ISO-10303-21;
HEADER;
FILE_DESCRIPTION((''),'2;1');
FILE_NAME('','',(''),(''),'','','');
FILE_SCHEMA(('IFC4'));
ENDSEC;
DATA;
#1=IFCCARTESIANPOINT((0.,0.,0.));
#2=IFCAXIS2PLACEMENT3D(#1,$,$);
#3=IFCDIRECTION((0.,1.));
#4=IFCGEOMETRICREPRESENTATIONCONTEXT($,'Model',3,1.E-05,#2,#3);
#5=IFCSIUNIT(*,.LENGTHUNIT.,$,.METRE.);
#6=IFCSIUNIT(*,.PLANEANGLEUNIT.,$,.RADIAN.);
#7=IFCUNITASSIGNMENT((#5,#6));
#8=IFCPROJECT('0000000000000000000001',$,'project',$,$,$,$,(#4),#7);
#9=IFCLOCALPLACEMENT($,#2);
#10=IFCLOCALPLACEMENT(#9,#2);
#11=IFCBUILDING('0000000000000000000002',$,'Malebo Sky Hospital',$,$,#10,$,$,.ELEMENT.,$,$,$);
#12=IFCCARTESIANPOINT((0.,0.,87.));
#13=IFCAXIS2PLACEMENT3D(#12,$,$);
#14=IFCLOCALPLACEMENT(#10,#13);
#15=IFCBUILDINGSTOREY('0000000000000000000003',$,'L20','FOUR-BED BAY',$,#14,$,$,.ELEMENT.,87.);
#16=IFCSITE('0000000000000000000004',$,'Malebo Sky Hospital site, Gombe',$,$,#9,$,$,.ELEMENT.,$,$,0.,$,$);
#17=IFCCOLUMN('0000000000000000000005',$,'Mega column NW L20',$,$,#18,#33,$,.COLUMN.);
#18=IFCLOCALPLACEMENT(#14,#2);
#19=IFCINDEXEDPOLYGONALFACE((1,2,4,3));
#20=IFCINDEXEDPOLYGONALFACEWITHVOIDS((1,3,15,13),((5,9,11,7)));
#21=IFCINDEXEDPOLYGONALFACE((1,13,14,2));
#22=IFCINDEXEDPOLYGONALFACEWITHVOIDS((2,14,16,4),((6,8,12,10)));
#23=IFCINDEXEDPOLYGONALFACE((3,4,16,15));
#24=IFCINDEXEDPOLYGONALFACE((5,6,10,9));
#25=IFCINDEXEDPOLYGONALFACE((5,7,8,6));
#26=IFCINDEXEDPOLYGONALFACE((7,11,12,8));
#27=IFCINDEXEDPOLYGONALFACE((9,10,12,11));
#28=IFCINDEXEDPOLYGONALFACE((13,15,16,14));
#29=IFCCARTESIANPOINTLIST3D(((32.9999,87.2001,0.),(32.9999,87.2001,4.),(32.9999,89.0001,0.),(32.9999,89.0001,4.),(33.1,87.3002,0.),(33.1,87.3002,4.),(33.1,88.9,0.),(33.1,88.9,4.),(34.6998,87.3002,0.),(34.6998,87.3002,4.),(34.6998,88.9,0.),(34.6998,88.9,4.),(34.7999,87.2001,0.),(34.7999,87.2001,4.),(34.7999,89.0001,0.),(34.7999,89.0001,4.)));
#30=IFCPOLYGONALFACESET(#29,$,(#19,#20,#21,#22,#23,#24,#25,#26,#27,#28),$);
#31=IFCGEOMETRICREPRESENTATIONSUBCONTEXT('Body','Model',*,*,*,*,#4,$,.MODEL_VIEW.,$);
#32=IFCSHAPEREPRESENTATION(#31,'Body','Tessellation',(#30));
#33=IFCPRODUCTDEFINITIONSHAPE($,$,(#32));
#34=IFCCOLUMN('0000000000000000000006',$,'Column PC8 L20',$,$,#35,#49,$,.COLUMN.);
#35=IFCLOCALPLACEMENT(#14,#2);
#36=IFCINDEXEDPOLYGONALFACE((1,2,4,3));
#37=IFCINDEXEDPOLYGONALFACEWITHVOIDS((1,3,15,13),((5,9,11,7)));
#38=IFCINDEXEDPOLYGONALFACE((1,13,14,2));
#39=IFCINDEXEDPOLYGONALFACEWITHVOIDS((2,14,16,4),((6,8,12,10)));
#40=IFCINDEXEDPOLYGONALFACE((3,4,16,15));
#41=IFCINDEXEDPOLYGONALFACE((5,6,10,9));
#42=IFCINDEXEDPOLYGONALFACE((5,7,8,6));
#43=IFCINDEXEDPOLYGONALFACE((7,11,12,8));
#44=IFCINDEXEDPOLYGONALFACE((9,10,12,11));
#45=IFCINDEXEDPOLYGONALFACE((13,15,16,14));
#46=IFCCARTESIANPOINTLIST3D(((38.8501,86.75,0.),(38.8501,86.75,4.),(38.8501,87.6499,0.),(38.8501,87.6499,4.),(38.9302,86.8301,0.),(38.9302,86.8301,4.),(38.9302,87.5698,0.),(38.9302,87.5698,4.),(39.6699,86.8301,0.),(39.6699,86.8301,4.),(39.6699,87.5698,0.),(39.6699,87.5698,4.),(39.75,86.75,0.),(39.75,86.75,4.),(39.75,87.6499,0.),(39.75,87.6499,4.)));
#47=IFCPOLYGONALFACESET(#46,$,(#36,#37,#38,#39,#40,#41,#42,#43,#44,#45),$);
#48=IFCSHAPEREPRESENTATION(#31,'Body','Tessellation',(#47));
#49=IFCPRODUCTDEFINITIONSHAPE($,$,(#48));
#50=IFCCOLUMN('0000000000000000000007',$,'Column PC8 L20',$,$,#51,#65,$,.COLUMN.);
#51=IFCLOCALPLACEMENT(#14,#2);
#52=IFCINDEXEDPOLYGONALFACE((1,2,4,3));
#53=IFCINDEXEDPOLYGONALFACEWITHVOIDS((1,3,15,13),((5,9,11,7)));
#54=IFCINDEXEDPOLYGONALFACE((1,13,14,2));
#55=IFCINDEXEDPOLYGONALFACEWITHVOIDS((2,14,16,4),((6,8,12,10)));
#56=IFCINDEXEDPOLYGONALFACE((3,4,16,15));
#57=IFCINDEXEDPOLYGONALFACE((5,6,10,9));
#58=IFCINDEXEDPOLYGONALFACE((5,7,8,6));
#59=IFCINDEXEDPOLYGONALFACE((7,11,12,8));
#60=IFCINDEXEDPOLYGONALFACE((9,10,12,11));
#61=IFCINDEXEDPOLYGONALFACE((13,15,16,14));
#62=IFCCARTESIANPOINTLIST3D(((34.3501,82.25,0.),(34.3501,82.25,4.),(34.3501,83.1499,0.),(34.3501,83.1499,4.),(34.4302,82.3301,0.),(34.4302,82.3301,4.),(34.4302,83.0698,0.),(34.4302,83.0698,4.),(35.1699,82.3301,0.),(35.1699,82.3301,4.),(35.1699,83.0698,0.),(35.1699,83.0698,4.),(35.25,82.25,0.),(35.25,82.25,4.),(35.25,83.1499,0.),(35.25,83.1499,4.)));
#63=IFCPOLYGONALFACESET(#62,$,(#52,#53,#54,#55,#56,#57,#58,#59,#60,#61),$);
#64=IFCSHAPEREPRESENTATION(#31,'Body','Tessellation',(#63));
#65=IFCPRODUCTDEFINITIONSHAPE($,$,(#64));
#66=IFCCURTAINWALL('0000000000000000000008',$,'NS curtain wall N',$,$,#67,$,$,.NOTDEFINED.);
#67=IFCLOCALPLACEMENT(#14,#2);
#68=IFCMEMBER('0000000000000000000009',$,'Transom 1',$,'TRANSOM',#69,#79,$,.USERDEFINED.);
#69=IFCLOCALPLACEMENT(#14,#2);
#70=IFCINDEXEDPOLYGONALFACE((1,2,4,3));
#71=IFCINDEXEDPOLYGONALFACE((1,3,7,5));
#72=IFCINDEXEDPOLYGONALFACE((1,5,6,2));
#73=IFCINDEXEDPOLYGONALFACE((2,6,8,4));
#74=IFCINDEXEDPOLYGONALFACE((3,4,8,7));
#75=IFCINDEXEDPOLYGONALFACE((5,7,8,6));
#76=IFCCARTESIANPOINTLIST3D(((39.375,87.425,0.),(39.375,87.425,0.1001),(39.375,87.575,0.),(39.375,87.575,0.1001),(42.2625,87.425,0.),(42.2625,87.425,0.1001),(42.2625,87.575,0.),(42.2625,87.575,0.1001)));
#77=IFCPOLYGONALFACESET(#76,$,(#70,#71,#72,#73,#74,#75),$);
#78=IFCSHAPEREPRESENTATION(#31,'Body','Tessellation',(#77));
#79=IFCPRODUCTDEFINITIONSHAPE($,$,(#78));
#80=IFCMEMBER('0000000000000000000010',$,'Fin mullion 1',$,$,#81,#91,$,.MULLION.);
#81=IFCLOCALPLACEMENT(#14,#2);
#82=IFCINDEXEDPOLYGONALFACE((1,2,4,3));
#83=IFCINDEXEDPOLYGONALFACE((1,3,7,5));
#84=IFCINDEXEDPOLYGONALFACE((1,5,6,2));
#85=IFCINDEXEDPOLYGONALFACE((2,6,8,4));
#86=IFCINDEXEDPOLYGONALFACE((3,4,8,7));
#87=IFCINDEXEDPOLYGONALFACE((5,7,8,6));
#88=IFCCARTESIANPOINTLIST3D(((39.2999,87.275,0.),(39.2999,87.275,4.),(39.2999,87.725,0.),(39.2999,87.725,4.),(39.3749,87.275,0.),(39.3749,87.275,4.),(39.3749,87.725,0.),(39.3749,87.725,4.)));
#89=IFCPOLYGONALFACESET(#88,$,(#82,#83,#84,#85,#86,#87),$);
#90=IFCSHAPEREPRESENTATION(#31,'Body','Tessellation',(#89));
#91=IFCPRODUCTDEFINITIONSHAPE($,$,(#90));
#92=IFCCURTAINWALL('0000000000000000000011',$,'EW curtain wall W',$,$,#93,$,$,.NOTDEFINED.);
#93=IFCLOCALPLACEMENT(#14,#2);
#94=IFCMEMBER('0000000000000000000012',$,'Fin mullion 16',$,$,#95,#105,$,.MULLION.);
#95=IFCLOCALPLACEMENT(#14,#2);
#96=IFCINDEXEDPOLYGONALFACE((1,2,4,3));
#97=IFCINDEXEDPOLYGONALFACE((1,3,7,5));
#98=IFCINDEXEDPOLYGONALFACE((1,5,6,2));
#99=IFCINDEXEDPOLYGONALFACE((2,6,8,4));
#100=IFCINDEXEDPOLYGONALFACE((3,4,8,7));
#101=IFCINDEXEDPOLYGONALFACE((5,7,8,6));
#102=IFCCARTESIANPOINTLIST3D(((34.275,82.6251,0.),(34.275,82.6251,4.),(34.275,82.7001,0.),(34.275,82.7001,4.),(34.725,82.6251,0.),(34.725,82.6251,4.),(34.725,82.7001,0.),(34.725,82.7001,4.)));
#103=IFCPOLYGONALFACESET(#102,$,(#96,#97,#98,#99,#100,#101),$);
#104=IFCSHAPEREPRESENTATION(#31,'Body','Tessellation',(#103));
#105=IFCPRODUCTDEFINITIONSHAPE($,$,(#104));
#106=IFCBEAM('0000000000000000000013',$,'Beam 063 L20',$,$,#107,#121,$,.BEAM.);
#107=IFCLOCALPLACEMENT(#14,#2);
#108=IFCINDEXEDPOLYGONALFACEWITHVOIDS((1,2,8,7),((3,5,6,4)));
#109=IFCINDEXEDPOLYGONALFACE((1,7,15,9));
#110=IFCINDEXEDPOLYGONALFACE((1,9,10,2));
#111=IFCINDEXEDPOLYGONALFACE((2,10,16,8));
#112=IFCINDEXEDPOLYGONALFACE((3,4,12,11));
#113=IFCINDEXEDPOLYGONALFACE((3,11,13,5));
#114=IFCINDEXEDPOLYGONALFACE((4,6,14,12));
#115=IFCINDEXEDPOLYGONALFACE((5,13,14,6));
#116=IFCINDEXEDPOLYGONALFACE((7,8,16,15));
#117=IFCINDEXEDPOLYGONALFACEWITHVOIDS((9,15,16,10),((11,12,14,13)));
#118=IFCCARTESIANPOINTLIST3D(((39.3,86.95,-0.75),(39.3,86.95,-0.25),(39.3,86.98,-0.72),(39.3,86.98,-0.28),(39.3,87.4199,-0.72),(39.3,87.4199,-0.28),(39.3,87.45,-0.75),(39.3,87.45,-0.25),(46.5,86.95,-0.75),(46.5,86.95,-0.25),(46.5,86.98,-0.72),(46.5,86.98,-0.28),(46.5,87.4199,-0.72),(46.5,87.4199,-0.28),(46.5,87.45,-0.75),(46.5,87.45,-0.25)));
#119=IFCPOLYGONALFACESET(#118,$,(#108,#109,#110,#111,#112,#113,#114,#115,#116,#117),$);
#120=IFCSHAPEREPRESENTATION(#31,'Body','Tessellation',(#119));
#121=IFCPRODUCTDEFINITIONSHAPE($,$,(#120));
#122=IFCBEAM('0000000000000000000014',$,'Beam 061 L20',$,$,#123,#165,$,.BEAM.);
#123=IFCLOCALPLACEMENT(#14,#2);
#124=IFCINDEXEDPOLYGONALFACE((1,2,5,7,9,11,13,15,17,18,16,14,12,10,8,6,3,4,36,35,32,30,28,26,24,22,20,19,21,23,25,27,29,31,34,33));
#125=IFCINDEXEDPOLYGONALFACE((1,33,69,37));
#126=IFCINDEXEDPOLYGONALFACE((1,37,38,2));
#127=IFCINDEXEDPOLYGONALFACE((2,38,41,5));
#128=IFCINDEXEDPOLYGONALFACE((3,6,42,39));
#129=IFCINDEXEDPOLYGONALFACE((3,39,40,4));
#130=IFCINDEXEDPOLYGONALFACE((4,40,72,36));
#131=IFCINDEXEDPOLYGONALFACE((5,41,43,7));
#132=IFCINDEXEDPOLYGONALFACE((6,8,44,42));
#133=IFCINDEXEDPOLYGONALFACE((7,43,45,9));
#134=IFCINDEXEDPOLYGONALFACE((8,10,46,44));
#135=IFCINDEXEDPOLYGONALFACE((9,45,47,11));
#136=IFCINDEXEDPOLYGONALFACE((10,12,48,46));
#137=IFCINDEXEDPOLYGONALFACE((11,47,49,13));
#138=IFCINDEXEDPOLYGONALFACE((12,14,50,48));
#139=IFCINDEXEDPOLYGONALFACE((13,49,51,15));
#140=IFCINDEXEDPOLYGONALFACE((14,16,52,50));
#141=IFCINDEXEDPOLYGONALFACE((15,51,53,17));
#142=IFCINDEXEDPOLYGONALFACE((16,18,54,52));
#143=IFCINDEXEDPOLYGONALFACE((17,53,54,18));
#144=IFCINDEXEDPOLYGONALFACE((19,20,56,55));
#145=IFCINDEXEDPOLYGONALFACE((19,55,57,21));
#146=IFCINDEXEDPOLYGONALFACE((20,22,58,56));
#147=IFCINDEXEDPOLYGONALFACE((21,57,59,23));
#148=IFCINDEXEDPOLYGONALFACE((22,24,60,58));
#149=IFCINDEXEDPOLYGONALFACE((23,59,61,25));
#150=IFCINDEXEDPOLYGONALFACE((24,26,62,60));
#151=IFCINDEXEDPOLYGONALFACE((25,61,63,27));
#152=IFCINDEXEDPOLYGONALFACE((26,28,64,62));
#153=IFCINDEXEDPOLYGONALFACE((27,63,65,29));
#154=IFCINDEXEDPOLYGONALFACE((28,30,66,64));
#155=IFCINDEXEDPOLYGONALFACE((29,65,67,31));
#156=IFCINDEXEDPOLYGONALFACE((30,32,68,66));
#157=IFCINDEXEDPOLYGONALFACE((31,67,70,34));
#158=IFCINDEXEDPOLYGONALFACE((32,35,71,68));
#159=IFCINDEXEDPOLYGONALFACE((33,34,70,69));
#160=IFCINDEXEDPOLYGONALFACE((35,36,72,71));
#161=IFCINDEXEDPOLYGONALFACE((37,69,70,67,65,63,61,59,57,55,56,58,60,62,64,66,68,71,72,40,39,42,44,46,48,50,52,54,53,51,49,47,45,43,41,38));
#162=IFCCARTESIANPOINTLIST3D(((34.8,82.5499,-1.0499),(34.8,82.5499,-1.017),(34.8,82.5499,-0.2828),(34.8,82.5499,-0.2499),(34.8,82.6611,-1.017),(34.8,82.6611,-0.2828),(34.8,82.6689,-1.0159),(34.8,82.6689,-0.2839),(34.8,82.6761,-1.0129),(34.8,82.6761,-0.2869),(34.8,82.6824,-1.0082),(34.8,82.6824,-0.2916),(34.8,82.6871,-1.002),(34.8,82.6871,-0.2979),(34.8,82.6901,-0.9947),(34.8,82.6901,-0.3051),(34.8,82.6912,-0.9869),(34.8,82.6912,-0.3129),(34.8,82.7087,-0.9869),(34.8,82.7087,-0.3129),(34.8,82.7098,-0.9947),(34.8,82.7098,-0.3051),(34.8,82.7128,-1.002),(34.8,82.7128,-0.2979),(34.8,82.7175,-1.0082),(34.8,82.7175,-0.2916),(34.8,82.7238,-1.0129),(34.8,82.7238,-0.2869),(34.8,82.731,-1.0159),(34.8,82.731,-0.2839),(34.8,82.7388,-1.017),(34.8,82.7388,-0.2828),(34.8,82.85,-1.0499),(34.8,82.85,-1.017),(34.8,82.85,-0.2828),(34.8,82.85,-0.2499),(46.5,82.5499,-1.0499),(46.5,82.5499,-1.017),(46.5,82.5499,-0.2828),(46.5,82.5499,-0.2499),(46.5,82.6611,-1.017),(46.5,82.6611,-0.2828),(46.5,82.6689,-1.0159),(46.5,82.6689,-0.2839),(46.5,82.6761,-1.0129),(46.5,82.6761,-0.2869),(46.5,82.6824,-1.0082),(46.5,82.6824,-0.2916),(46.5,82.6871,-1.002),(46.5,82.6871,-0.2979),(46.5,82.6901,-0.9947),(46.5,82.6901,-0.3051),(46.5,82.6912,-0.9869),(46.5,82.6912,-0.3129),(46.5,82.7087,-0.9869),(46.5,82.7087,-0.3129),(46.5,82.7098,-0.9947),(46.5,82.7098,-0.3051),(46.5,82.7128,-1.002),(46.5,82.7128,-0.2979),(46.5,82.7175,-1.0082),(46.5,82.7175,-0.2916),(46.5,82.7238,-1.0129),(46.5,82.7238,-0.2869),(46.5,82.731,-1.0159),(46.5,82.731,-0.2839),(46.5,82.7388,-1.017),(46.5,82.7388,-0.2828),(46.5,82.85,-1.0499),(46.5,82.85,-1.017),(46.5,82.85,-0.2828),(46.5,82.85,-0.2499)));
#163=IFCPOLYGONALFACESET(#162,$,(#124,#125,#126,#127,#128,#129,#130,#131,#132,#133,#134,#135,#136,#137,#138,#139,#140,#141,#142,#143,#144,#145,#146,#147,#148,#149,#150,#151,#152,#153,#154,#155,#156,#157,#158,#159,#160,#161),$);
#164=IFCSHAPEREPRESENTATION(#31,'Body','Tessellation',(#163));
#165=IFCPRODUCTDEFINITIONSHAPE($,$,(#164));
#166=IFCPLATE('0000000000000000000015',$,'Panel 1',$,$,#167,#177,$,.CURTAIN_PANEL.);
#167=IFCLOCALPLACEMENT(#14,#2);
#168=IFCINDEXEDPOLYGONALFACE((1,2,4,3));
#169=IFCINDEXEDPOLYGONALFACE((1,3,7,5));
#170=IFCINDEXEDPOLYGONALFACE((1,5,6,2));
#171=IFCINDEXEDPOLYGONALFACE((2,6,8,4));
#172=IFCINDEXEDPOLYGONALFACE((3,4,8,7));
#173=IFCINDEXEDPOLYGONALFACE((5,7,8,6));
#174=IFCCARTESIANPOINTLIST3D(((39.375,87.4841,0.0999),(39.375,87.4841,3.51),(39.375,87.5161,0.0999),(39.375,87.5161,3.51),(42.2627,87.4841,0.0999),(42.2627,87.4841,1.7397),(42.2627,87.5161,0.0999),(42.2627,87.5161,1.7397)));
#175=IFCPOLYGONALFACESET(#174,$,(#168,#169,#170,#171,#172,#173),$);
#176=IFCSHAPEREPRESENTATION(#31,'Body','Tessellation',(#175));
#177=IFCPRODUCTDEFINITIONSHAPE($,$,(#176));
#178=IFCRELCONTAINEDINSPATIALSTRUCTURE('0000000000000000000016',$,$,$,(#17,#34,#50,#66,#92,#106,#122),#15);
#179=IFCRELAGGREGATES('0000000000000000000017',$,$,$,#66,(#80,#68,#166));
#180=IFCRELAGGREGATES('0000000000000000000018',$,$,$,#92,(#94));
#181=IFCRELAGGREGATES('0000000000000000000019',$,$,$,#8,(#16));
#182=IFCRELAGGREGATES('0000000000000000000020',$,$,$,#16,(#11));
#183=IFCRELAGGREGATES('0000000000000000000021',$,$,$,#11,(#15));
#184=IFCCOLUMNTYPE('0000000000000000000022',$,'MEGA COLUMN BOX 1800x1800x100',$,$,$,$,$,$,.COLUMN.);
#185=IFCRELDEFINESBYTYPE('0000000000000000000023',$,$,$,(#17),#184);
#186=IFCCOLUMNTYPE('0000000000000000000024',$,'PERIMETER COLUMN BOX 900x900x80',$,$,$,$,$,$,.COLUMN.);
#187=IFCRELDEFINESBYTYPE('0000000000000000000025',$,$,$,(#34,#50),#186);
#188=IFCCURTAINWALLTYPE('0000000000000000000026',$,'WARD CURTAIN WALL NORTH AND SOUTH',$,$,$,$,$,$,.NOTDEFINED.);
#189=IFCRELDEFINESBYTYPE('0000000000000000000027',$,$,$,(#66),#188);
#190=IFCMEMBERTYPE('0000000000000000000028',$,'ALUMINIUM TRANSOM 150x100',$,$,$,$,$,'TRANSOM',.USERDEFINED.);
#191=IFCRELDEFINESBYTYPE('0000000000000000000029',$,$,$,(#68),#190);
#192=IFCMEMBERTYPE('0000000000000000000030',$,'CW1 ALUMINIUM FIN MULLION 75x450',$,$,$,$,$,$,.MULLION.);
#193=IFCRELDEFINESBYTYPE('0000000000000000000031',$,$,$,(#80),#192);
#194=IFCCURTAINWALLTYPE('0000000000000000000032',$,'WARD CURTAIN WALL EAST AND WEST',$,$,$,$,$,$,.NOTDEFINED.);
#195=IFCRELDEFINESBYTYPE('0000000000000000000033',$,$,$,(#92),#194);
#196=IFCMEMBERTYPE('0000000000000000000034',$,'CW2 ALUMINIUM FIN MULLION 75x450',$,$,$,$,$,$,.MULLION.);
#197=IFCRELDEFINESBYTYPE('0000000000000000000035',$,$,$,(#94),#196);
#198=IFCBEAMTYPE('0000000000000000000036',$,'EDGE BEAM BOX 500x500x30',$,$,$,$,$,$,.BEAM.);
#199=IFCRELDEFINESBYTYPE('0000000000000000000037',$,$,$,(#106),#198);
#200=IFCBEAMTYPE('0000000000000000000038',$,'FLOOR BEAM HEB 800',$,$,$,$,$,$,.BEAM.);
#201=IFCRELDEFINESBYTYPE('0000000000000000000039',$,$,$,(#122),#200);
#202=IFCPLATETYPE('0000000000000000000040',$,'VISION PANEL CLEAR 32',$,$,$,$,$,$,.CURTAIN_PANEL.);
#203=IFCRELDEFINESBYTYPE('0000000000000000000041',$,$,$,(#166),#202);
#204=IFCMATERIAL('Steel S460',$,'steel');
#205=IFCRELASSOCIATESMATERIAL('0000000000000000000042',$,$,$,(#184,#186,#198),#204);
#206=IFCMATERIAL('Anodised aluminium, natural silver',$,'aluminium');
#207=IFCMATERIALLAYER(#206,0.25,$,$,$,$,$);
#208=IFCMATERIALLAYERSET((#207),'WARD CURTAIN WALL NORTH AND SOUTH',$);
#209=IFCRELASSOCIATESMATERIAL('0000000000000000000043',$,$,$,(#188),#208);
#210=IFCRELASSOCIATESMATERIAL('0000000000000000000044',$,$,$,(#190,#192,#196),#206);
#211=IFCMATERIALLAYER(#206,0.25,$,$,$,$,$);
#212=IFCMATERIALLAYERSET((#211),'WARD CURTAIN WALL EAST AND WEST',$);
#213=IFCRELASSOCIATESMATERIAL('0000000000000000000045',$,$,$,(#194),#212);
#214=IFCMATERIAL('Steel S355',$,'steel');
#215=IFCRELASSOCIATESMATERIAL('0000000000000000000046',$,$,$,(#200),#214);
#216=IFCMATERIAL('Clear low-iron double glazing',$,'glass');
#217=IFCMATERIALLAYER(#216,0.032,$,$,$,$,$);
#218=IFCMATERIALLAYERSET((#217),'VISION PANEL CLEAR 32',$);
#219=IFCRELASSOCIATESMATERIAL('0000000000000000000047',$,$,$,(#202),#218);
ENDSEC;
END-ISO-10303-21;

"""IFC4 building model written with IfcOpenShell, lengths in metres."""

from ifc_helpers import new_model, si_unit, direction, frame, origin, origin_2d, place, context, subcontext, project, spatial, polyline, rectangle, hollow_rectangle, i_section, outline, extrude, material, layer, layer_set, material_profile, profile_set, type_object, element, aggregate, save


model = new_model("IFC4")

# Units and contexts
model_context = context("Model", 3, precision=1e-05, world=origin(), true_north=direction((0.0, 1.0)))
body_context = subcontext(model_context, "Body", "Model", "MODEL_VIEW")
ifc_project = project(units=[si_unit("LENGTHUNIT", "METRE"), si_unit("PLANEANGLEUNIT", "RADIAN")], contexts=[model_context])

# Site, building, storey
site_placement = place(None, origin())
site = spatial("IfcSite", under=ifc_project, at=site_placement, Name="Malebo Sky Hospital site, Gombe", CompositionType="ELEMENT", RefElevation=0.0)
building_placement = place(site_placement, origin())
building = spatial("IfcBuilding", under=site, at=building_placement, Name="Malebo Sky Hospital", CompositionType="ELEMENT")
storey_placement = place(building_placement, frame((0.0, 0.0, 87.0)))
storey = spatial("IfcBuildingStorey", under=building, at=storey_placement, Name="L20", Description="FOUR-BED BAY", CompositionType="ELEMENT", Elevation=87.0)

# Columns
ifc_material_1 = material(Name="Steel S460", Category="steel")
ifc_material_profile_1 = material_profile(ifc_material_1, hollow_rectangle(XDim=1.8, YDim=1.8, WallThickness=0.1001, at=origin_2d()), Name="BOX 1800x1800x100")
ifc_profile_set_1 = profile_set([ifc_material_profile_1], Name="Steel S460")
column_type_1 = type_object("IfcColumnType", Name="MEGA COLUMN BOX 1800x1800x100", PredefinedType="COLUMN", material=ifc_profile_set_1)
column_placement = place(storey_placement, frame((33.8999, 88.1001, 0.0), z_axis=(0.0, 0.0, 1.0), x_axis=(1.0, 0.0, 0.0)))
element("IfcColumn", 1, at=column_placement, inside=storey, type_object=column_type_1, Name="Mega column NW L20", PredefinedType="COLUMN", context=body_context, shape_type="SweptSolid", body=[
    extrude(hollow_rectangle(XDim=1.8, YDim=1.8, WallThickness=0.1001, at=origin_2d()), origin(), (0.0, 0.0, 1.0), 4.0),
])
ifc_material_profile_2 = material_profile(ifc_material_1, hollow_rectangle(XDim=0.8999, YDim=0.8999, WallThickness=0.0801, at=origin_2d()), Name="BOX 900x900x80")
ifc_profile_set_2 = profile_set([ifc_material_profile_2], Name="Steel S460")
column_type_2 = type_object("IfcColumnType", Name="PERIMETER COLUMN BOX 900x900x80", PredefinedType="COLUMN", material=ifc_profile_set_2)
for number, where, z_axis, x_axis, name in (
    (2, (39.3, 87.2, 0.0), (0.0, 0.0, 1.0), (1.0, 0.0, 0.0), "Column PC8 L20"),
    (3, (34.8, 82.7, 0.0), (0.0, 0.0, 1.0), (1.0, 0.0, 0.0), "Column PC8 L20"),
):
    element("IfcColumn", number, at=place(storey_placement, frame(where, z_axis=z_axis, x_axis=x_axis)), inside=storey, type_object=column_type_2, Name=name, PredefinedType="COLUMN", context=body_context, shape_type="SweptSolid", body=[
        extrude(hollow_rectangle(XDim=0.8999, YDim=0.8999, WallThickness=0.0801, at=origin_2d()), origin(), (0.0, 0.0, 1.0), 4.0),
    ])

# Curtain wall, members
ifc_material_2 = material(Name="Anodised aluminium, natural silver", Category="aluminium")
ifc_layer_1 = layer(ifc_material_2, 0.25)
ifc_layer_set_1 = layer_set([ifc_layer_1], Name="WARD CURTAIN WALL NORTH AND SOUTH")
curtain_wall_type_1 = type_object("IfcCurtainWallType", Name="WARD CURTAIN WALL NORTH AND SOUTH", PredefinedType="NOTDEFINED", material=ifc_layer_set_1)
curtain_wall_1_placement = place(storey_placement, origin())
curtain_wall_1 = element("IfcCurtainWall", 4, at=curtain_wall_1_placement, inside=storey, type_object=curtain_wall_type_1, Name="NS curtain wall N", PredefinedType="NOTDEFINED")
ifc_material_profile_3 = material_profile(ifc_material_2, rectangle(XDim=0.1499, YDim=0.1001, at=origin_2d()), Name="ALUMINIUM TRANSOM 150x100")
ifc_profile_set_3 = profile_set([ifc_material_profile_3], Name="Anodised aluminium, natural silver")
member_type_1 = type_object("IfcMemberType", Name="ALUMINIUM TRANSOM 150x100", ElementType="TRANSOM", PredefinedType="USERDEFINED", material=ifc_profile_set_3)
member_1_placement = place(storey_placement, frame((39.375, 87.5, 0.05), z_axis=(1.0, 0.0, 0.0), x_axis=(0.0, 1.0, 0.0)))
member_1 = element("IfcMember", 5, at=member_1_placement, type_object=member_type_1, Name="Transom 1", ObjectType="TRANSOM", PredefinedType="USERDEFINED", context=body_context, shape_type="SweptSolid", body=[
    extrude(rectangle(XDim=0.1499, YDim=0.1001, at=origin_2d()), origin(), (0.0, 0.0, 1.0), 2.8875),
])
ifc_material_profile_4 = material_profile(ifc_material_2, rectangle(XDim=0.075, YDim=0.45, at=origin_2d()), Name="CW1 ALUMINIUM FIN MULLION 75x450")
ifc_profile_set_4 = profile_set([ifc_material_profile_4], Name="Anodised aluminium, natural silver")
member_type_2 = type_object("IfcMemberType", Name="CW1 ALUMINIUM FIN MULLION 75x450", PredefinedType="MULLION", material=ifc_profile_set_4)
member_2_placement = place(storey_placement, frame((39.3374, 87.5, 0.0), z_axis=(0.0, 0.0, 1.0), x_axis=(1.0, 0.0, 0.0)))
member_2 = element("IfcMember", 6, at=member_2_placement, type_object=member_type_2, Name="Fin mullion 1", PredefinedType="MULLION", context=body_context, shape_type="SweptSolid", body=[
    extrude(rectangle(XDim=0.075, YDim=0.45, at=origin_2d()), origin(), (0.0, 0.0, 1.0), 4.0),
])

# Curtain wall, member
ifc_layer_2 = layer(ifc_material_2, 0.25)
ifc_layer_set_2 = layer_set([ifc_layer_2], Name="WARD CURTAIN WALL EAST AND WEST")
curtain_wall_type_2 = type_object("IfcCurtainWallType", Name="WARD CURTAIN WALL EAST AND WEST", PredefinedType="NOTDEFINED", material=ifc_layer_set_2)
curtain_wall_2_placement = place(storey_placement, origin())
curtain_wall_2 = element("IfcCurtainWall", 7, at=curtain_wall_2_placement, inside=storey, type_object=curtain_wall_type_2, Name="EW curtain wall W", PredefinedType="NOTDEFINED")
ifc_material_profile_5 = material_profile(ifc_material_2, rectangle(XDim=0.075, YDim=0.45, at=origin_2d()), Name="CW2 ALUMINIUM FIN MULLION 75x450")
ifc_profile_set_5 = profile_set([ifc_material_profile_5], Name="Anodised aluminium, natural silver")
member_type_3 = type_object("IfcMemberType", Name="CW2 ALUMINIUM FIN MULLION 75x450", PredefinedType="MULLION", material=ifc_profile_set_5)
member_3_placement = place(storey_placement, frame((34.5, 82.6626, 0.0), z_axis=(0.0, 0.0, 1.0), x_axis=(0.0, 1.0, 0.0)))
member_3 = element("IfcMember", 8, at=member_3_placement, type_object=member_type_3, Name="Fin mullion 16", PredefinedType="MULLION", context=body_context, shape_type="SweptSolid", body=[
    extrude(rectangle(XDim=0.075, YDim=0.45, at=origin_2d()), origin(), (0.0, 0.0, 1.0), 4.0),
])

# Beams
ifc_material_profile_6 = material_profile(ifc_material_1, hollow_rectangle(XDim=0.5, YDim=0.5, WallThickness=0.03, at=origin_2d()), Name="BOX 500x500x30")
ifc_profile_set_6 = profile_set([ifc_material_profile_6], Name="Steel S460")
beam_type_1 = type_object("IfcBeamType", Name="EDGE BEAM BOX 500x500x30", PredefinedType="BEAM", material=ifc_profile_set_6)
beam_1_placement = place(storey_placement, frame((39.3, 87.2, -0.5), z_axis=(1.0, 0.0, 0.0), x_axis=(0.0, 1.0, 0.0)))
element("IfcBeam", 9, at=beam_1_placement, inside=storey, type_object=beam_type_1, Name="Beam 063 L20", PredefinedType="BEAM", context=body_context, shape_type="SweptSolid", body=[
    extrude(hollow_rectangle(XDim=0.5, YDim=0.5, WallThickness=0.03, at=origin_2d()), origin(), (0.0, 0.0, 1.0), 7.2),
])
ifc_material_3 = material(Name="Steel S355", Category="steel")
ifc_material_profile_7 = material_profile(ifc_material_3, i_section(OverallWidth=0.3, OverallDepth=0.8, WebThickness=0.0176, FlangeThickness=0.033, FilletRadius=0.03, at=origin_2d()), Name="HEB 800")
ifc_profile_set_7 = profile_set([ifc_material_profile_7], Name="Steel S355")
beam_type_2 = type_object("IfcBeamType", Name="FLOOR BEAM HEB 800", PredefinedType="BEAM", material=ifc_profile_set_7)
beam_2_placement = place(storey_placement, frame((34.8, 82.7, -0.6499), z_axis=(1.0, 0.0, 0.0), x_axis=(0.0, 1.0, 0.0)))
element("IfcBeam", 10, at=beam_2_placement, inside=storey, type_object=beam_type_2, Name="Beam 061 L20", PredefinedType="BEAM", context=body_context, shape_type="SweptSolid", body=[
    extrude(i_section(OverallWidth=0.3, OverallDepth=0.8, WebThickness=0.0176, FlangeThickness=0.033, FilletRadius=0.03, at=origin_2d()), origin(), (0.0, 0.0, 1.0), 11.7),
])

# Plate
ifc_material_4 = material(Name="Clear low-iron double glazing", Category="glass")
ifc_layer_3 = layer(ifc_material_4, 0.032)
ifc_layer_set_3 = layer_set([ifc_layer_3], Name="VISION PANEL CLEAR 32")
plate_type = type_object("IfcPlateType", Name="VISION PANEL CLEAR 32", PredefinedType="CURTAIN_PANEL", material=ifc_layer_set_3)
plate_1_placement = place(storey_placement, frame((40.8188, 87.5, 0.0999), z_axis=(0.0, 0.0, 1.0), x_axis=(1.0, 0.0, 0.0)))
plate_1 = element("IfcPlate", 11, at=plate_1_placement, type_object=plate_type, Name="Panel 1", PredefinedType="CURTAIN_PANEL", context=body_context, shape_type="SweptSolid", body=[
    extrude(outline(polyline([(-1.4438, 0.0), (1.4438, 0.0), (1.4438, 1.6399), (-1.4438, 3.4102), (-1.4438, 0.0)])), frame((0.0, 0.0161, 0.0), z_axis=(0.0, -1.0, 0.0), x_axis=(1.0, 0.0, 0.0)), (0.0, 0.0, 1.0), 0.032),
])
aggregate(curtain_wall_1, [member_2, member_1, plate_1])
aggregate(curtain_wall_2, [member_3])

save(model, "model.ifc")
